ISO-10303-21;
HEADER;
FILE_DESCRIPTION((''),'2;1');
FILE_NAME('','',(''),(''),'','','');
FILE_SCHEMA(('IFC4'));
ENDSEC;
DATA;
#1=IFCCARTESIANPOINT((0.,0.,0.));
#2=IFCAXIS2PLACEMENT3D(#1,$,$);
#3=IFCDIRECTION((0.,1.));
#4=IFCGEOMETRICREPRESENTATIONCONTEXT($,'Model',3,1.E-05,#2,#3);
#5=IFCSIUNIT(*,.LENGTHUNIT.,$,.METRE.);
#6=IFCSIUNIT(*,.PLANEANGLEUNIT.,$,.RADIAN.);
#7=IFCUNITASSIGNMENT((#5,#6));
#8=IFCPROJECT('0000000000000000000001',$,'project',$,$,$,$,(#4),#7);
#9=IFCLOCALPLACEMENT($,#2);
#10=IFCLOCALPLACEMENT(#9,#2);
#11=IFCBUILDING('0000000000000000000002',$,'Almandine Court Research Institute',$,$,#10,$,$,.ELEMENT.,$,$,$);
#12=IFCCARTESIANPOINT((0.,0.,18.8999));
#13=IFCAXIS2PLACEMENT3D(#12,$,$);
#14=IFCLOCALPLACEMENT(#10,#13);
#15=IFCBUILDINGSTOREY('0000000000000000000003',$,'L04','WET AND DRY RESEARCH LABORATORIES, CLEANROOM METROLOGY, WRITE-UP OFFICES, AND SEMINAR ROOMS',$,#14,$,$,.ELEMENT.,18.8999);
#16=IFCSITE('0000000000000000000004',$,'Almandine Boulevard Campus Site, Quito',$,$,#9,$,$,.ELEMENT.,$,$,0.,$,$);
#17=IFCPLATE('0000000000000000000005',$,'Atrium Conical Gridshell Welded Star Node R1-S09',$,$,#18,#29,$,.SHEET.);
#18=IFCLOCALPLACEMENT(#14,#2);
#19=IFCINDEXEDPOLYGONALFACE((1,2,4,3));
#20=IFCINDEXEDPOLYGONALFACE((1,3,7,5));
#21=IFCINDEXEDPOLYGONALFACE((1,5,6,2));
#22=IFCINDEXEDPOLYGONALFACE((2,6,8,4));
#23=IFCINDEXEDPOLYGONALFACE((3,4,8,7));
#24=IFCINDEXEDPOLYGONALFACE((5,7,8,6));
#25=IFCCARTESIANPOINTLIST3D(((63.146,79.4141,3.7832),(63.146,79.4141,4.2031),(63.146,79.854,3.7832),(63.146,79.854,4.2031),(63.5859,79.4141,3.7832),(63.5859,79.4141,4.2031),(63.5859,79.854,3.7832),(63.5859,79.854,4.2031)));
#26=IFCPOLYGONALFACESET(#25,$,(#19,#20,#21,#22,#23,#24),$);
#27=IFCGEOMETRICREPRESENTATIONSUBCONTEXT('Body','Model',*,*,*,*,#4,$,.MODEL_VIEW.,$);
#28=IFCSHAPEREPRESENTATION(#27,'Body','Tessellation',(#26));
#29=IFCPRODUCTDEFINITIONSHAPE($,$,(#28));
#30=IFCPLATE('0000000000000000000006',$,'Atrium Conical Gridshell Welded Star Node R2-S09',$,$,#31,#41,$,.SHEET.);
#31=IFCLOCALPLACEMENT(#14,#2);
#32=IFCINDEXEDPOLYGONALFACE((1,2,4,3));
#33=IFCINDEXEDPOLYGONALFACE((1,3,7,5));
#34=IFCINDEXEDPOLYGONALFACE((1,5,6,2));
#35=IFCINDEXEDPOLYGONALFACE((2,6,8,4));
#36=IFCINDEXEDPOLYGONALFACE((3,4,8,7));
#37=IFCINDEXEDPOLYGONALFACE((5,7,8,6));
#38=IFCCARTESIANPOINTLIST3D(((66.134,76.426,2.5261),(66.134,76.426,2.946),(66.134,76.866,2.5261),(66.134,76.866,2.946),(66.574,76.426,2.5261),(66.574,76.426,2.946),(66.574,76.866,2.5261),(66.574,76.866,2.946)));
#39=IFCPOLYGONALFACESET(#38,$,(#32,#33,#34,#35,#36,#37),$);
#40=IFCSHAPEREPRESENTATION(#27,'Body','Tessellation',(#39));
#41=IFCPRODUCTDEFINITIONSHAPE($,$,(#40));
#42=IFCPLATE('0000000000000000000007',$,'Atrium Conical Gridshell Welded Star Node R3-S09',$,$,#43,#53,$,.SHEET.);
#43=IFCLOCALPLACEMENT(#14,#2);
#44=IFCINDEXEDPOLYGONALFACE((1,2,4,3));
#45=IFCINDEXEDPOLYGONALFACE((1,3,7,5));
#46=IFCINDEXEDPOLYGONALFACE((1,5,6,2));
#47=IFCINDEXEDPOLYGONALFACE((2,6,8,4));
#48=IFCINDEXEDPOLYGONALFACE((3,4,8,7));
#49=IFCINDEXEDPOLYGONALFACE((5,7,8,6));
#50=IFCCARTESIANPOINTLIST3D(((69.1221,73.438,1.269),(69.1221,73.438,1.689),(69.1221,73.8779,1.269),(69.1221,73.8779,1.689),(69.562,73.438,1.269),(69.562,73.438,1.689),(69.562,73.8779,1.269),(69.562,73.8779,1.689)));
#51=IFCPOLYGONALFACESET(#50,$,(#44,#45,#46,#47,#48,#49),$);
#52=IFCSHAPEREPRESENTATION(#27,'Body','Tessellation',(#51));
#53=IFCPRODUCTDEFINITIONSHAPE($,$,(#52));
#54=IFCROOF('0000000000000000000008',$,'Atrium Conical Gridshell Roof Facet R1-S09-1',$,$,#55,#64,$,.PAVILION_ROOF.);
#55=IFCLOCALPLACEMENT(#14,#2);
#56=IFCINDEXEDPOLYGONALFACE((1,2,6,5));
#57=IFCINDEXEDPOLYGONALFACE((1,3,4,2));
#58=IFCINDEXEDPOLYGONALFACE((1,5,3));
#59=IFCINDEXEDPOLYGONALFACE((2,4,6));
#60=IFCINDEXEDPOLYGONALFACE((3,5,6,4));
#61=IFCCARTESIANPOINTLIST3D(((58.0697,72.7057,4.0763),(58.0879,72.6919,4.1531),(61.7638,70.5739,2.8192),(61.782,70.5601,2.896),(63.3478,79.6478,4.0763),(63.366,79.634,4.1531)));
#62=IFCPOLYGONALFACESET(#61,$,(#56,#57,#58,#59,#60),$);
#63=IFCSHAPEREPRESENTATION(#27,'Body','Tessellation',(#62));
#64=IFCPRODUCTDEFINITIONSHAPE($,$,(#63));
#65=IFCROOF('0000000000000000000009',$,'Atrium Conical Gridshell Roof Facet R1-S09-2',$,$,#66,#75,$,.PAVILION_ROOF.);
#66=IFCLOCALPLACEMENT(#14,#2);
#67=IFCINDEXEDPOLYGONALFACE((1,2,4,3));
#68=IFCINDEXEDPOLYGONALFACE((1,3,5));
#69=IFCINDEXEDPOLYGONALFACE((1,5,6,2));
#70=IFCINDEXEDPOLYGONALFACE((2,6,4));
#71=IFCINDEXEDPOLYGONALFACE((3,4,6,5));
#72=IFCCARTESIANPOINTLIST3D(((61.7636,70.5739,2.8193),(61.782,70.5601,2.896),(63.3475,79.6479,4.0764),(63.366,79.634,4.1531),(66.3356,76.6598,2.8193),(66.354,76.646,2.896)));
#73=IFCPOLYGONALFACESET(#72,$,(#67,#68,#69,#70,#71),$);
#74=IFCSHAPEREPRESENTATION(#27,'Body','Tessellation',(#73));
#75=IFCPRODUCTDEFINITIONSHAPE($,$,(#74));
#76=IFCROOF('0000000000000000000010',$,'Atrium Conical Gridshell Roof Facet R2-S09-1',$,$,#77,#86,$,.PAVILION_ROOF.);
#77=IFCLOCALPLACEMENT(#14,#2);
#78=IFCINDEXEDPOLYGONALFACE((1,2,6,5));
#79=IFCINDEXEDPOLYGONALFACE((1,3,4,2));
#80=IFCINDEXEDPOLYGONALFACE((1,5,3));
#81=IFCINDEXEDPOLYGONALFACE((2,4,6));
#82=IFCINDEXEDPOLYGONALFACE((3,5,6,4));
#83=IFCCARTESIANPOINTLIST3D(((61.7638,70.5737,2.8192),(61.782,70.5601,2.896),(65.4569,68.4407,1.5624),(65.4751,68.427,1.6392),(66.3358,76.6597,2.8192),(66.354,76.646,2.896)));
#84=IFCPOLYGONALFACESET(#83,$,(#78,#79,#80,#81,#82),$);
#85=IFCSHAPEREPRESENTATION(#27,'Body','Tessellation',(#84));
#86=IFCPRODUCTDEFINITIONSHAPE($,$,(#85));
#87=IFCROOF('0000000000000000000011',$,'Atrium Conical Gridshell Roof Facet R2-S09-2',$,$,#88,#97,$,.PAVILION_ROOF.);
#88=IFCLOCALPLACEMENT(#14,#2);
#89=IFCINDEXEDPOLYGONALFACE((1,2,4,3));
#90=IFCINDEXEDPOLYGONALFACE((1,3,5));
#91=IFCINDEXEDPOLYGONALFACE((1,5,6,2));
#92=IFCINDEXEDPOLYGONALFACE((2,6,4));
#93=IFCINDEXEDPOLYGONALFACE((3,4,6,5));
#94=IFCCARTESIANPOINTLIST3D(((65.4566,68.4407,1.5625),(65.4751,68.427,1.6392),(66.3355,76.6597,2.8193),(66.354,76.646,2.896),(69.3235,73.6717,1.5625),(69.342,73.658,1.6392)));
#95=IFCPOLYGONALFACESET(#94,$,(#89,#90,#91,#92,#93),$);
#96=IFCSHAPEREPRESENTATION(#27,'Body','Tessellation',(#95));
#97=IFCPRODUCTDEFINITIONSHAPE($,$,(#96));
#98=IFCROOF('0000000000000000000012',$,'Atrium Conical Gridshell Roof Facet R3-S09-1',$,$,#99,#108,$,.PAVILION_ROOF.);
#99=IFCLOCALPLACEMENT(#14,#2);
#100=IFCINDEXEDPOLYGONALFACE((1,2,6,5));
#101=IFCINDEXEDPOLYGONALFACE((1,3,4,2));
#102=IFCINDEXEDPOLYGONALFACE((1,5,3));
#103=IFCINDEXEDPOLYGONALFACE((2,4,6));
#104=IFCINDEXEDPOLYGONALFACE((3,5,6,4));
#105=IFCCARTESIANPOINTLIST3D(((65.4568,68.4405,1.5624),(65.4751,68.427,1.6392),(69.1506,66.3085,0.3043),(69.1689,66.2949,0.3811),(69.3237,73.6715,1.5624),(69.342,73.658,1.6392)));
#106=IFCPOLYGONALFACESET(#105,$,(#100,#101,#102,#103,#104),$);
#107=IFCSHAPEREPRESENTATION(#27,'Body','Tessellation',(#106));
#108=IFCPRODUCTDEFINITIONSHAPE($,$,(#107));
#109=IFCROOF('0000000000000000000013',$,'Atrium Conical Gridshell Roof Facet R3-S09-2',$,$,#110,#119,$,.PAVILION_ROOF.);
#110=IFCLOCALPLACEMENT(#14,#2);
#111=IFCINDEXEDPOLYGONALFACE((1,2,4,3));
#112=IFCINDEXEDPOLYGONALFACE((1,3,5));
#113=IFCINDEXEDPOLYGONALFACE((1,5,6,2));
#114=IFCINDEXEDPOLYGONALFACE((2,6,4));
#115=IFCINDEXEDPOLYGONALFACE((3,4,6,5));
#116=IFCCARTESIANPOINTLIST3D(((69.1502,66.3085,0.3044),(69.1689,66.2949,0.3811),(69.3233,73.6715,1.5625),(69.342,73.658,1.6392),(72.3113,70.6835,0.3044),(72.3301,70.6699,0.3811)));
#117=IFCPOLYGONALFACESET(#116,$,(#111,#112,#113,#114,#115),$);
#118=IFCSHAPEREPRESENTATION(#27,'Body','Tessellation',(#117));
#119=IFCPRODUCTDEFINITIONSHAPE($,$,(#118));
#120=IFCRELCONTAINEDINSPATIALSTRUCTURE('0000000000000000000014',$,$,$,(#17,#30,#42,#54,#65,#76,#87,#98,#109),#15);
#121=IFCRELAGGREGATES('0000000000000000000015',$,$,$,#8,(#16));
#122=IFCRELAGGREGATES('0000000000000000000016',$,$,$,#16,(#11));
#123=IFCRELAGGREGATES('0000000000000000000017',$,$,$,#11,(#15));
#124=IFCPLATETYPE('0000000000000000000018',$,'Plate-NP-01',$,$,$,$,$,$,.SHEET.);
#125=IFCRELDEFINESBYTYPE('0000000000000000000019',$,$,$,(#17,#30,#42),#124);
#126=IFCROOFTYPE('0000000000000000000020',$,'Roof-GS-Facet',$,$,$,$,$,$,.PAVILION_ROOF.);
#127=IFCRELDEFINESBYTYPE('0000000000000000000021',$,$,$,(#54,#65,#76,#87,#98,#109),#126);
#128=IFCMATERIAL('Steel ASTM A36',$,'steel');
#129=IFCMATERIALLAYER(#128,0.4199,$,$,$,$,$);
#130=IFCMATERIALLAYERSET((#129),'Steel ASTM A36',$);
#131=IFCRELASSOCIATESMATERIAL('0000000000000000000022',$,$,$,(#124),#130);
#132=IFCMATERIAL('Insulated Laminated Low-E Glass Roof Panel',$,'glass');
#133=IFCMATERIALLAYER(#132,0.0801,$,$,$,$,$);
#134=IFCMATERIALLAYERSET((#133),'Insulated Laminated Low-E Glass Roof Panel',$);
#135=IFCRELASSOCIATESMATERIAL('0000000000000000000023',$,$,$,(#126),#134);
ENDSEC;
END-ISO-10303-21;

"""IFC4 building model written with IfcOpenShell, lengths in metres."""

from ifc_helpers import new_model, si_unit, direction, frame, origin, origin_2d, place, context, subcontext, project, spatial, polyline, rectangle, outline, extrude, material, layer, layer_set, type_object, element, save


model = new_model("IFC4")

# Units and contexts
model_context = context("Model", 3, precision=1e-05, world=origin(), true_north=direction((0.0, 1.0)))
body_context = subcontext(model_context, "Body", "Model", "MODEL_VIEW")
ifc_project = project(units=[si_unit("LENGTHUNIT", "METRE"), si_unit("PLANEANGLEUNIT", "RADIAN")], contexts=[model_context])

# Site, building, storey
site_placement = place(None, origin())
site = spatial("IfcSite", under=ifc_project, at=site_placement, Name="Almandine Boulevard Campus Site, Quito", CompositionType="ELEMENT", RefElevation=0.0)
building_placement = place(site_placement, origin())
building = spatial("IfcBuilding", under=site, at=building_placement, Name="Almandine Court Research Institute", CompositionType="ELEMENT")
storey_placement = place(building_placement, frame((0.0, 0.0, 18.8999)))
storey = spatial("IfcBuildingStorey", under=building, at=storey_placement, Name="L04", Description="WET AND DRY RESEARCH LABORATORIES, CLEANROOM METROLOGY, WRITE-UP OFFICES, AND SEMINAR ROOMS", CompositionType="ELEMENT", Elevation=18.8999)

# Plates
ifc_material_1 = material(Name="Steel ASTM A36", Category="steel")
ifc_layer_1 = layer(ifc_material_1, 0.4199)
ifc_layer_set_1 = layer_set([ifc_layer_1], Name="Steel ASTM A36")
plate_type = type_object("IfcPlateType", Name="Plate-NP-01", PredefinedType="SHEET", material=ifc_layer_set_1)
for number, where, z_axis, x_axis, name in (
    (1, (63.366, 79.634, 3.7832), (0.0, 0.0, 1.0), (1.0, 0.0, 0.0), "Atrium Conical Gridshell Welded Star Node R1-S09"),
    (2, (66.354, 76.646, 2.5261), (0.0, 0.0, 1.0), (1.0, 0.0, 0.0), "Atrium Conical Gridshell Welded Star Node R2-S09"),
    (3, (69.342, 73.658, 1.269), (0.0, 0.0, 1.0), (1.0, 0.0, 0.0), "Atrium Conical Gridshell Welded Star Node R3-S09"),
):
    element("IfcPlate", number, at=place(storey_placement, frame(where, z_axis=z_axis, x_axis=x_axis)), inside=storey, type_object=plate_type, Name=name, PredefinedType="SHEET", context=body_context, shape_type="SweptSolid", body=[
        extrude(rectangle(XDim=0.4399, YDim=0.4399, at=origin_2d()), origin(), (0.0, 0.0, 1.0), 0.4199),
    ])

# Roofs
ifc_material_2 = material(Name="Insulated Laminated Low-E Glass Roof Panel", Category="glass")
ifc_layer_2 = layer(ifc_material_2, 0.0801)
ifc_layer_set_2 = layer_set([ifc_layer_2], Name="Insulated Laminated Low-E Glass Roof Panel")
roof_type = type_object("IfcRoofType", Name="Roof-GS-Facet", PredefinedType="PAVILION_ROOF", material=ifc_layer_set_2)
roof_1_placement = place(storey_placement, frame((63.366, 79.634, 4.1531), z_axis=(0.226723, -0.172377, 0.958584), x_axis=(-0.605232, -0.796049, 0.0)))
element("IfcRoof", 4, at=roof_1_placement, inside=storey, type_object=roof_type, Name="Atrium Conical Gridshell Roof Facet R1-S09-1", PredefinedType="PAVILION_ROOF", context=body_context, shape_type="SweptSolid", body=[
    extrude(outline(polyline([(0.0, 0.0), (8.7207, 0.0), (8.182, 4.4137), (0.0, 0.0)])), origin(), (0.0, 0.0, -1.0), 0.0801),
])
roof_2_placement = place(storey_placement, frame((63.366, 79.634, 4.1531), z_axis=(0.230071, -0.172839, 0.957703), x_axis=(-0.170384, -0.976056, -0.13522)))
element("IfcRoof", 5, at=roof_2_placement, inside=storey, type_object=roof_type, Name="Atrium Conical Gridshell Roof Facet R1-S09-2", PredefinedType="PAVILION_ROOF", context=body_context, shape_type="SweptSolid", body=[
    extrude(outline(polyline([(0.0, 0.0), (9.2966, 0.0), (2.5774, 3.5769), (0.0, 0.0)])), origin(), (0.0, 0.0, -1.0), 0.0801),
])
roof_3_placement = place(storey_placement, frame((66.354, 76.646, 2.896), z_axis=(0.227525, -0.170926, 0.958654), x_axis=(-0.600636, -0.799522, 0.0)))
element("IfcRoof", 6, at=roof_3_placement, inside=storey, type_object=roof_type, Name="Atrium Conical Gridshell Roof Facet R2-S09-1", PredefinedType="PAVILION_ROOF", context=body_context, shape_type="SweptSolid", body=[
    extrude(outline(polyline([(0.0, 0.0), (7.612, 0.0), (7.0992, 4.4165), (0.0, 0.0)])), origin(), (0.0, 0.0, -1.0), 0.0801),
])
roof_4_placement = place(storey_placement, frame((66.354, 76.646, 2.896), z_axis=(0.231595, -0.171205, 0.957629), x_axis=(-0.105122, -0.983032, -0.150324)))
element("IfcRoof", 7, at=roof_4_placement, inside=storey, type_object=roof_type, Name="Atrium Conical Gridshell Roof Facet R2-S09-2", PredefinedType="PAVILION_ROOF", context=body_context, shape_type="SweptSolid", body=[
    extrude(outline(polyline([(0.0, 0.0), (8.3609, 0.0), (2.8122, 3.3953), (0.0, 0.0)])), origin(), (0.0, 0.0, -1.0), 0.0801),
])
roof_5_placement = place(storey_placement, frame((69.342, 73.658, 1.6392), z_axis=(0.22885, -0.169176, 0.958649), x_axis=(-0.594449, -0.804133, 0.0)))
element("IfcRoof", 8, at=roof_5_placement, inside=storey, type_object=roof_type, Name="Atrium Conical Gridshell Roof Facet R3-S09-1", PredefinedType="PAVILION_ROOF", context=body_context, shape_type="SweptSolid", body=[
    extrude(outline(polyline([(0.0, 0.0), (6.5051, 0.0), (6.0238, 4.4206), (0.0, 0.0)])), origin(), (0.0, 0.0, -1.0), 0.0801),
])
roof_6_placement = place(storey_placement, frame((69.342, 73.658, 1.6392), z_axis=(0.234016, -0.169087, 0.957417), x_axis=(-0.023167, -0.985451, -0.168375)))
element("IfcRoof", 9, at=roof_6_placement, inside=storey, type_object=roof_type, Name="Atrium Conical Gridshell Roof Facet R3-S09-2", PredefinedType="PAVILION_ROOF", context=body_context, shape_type="SweptSolid", body=[
    extrude(outline(polyline([(0.0, 0.0), (7.4717, 0.0), (3.0872, 3.1478), (0.0, 0.0)])), origin(), (0.0, 0.0, -1.0), 0.0801),
])

save(model, "model.ifc")
